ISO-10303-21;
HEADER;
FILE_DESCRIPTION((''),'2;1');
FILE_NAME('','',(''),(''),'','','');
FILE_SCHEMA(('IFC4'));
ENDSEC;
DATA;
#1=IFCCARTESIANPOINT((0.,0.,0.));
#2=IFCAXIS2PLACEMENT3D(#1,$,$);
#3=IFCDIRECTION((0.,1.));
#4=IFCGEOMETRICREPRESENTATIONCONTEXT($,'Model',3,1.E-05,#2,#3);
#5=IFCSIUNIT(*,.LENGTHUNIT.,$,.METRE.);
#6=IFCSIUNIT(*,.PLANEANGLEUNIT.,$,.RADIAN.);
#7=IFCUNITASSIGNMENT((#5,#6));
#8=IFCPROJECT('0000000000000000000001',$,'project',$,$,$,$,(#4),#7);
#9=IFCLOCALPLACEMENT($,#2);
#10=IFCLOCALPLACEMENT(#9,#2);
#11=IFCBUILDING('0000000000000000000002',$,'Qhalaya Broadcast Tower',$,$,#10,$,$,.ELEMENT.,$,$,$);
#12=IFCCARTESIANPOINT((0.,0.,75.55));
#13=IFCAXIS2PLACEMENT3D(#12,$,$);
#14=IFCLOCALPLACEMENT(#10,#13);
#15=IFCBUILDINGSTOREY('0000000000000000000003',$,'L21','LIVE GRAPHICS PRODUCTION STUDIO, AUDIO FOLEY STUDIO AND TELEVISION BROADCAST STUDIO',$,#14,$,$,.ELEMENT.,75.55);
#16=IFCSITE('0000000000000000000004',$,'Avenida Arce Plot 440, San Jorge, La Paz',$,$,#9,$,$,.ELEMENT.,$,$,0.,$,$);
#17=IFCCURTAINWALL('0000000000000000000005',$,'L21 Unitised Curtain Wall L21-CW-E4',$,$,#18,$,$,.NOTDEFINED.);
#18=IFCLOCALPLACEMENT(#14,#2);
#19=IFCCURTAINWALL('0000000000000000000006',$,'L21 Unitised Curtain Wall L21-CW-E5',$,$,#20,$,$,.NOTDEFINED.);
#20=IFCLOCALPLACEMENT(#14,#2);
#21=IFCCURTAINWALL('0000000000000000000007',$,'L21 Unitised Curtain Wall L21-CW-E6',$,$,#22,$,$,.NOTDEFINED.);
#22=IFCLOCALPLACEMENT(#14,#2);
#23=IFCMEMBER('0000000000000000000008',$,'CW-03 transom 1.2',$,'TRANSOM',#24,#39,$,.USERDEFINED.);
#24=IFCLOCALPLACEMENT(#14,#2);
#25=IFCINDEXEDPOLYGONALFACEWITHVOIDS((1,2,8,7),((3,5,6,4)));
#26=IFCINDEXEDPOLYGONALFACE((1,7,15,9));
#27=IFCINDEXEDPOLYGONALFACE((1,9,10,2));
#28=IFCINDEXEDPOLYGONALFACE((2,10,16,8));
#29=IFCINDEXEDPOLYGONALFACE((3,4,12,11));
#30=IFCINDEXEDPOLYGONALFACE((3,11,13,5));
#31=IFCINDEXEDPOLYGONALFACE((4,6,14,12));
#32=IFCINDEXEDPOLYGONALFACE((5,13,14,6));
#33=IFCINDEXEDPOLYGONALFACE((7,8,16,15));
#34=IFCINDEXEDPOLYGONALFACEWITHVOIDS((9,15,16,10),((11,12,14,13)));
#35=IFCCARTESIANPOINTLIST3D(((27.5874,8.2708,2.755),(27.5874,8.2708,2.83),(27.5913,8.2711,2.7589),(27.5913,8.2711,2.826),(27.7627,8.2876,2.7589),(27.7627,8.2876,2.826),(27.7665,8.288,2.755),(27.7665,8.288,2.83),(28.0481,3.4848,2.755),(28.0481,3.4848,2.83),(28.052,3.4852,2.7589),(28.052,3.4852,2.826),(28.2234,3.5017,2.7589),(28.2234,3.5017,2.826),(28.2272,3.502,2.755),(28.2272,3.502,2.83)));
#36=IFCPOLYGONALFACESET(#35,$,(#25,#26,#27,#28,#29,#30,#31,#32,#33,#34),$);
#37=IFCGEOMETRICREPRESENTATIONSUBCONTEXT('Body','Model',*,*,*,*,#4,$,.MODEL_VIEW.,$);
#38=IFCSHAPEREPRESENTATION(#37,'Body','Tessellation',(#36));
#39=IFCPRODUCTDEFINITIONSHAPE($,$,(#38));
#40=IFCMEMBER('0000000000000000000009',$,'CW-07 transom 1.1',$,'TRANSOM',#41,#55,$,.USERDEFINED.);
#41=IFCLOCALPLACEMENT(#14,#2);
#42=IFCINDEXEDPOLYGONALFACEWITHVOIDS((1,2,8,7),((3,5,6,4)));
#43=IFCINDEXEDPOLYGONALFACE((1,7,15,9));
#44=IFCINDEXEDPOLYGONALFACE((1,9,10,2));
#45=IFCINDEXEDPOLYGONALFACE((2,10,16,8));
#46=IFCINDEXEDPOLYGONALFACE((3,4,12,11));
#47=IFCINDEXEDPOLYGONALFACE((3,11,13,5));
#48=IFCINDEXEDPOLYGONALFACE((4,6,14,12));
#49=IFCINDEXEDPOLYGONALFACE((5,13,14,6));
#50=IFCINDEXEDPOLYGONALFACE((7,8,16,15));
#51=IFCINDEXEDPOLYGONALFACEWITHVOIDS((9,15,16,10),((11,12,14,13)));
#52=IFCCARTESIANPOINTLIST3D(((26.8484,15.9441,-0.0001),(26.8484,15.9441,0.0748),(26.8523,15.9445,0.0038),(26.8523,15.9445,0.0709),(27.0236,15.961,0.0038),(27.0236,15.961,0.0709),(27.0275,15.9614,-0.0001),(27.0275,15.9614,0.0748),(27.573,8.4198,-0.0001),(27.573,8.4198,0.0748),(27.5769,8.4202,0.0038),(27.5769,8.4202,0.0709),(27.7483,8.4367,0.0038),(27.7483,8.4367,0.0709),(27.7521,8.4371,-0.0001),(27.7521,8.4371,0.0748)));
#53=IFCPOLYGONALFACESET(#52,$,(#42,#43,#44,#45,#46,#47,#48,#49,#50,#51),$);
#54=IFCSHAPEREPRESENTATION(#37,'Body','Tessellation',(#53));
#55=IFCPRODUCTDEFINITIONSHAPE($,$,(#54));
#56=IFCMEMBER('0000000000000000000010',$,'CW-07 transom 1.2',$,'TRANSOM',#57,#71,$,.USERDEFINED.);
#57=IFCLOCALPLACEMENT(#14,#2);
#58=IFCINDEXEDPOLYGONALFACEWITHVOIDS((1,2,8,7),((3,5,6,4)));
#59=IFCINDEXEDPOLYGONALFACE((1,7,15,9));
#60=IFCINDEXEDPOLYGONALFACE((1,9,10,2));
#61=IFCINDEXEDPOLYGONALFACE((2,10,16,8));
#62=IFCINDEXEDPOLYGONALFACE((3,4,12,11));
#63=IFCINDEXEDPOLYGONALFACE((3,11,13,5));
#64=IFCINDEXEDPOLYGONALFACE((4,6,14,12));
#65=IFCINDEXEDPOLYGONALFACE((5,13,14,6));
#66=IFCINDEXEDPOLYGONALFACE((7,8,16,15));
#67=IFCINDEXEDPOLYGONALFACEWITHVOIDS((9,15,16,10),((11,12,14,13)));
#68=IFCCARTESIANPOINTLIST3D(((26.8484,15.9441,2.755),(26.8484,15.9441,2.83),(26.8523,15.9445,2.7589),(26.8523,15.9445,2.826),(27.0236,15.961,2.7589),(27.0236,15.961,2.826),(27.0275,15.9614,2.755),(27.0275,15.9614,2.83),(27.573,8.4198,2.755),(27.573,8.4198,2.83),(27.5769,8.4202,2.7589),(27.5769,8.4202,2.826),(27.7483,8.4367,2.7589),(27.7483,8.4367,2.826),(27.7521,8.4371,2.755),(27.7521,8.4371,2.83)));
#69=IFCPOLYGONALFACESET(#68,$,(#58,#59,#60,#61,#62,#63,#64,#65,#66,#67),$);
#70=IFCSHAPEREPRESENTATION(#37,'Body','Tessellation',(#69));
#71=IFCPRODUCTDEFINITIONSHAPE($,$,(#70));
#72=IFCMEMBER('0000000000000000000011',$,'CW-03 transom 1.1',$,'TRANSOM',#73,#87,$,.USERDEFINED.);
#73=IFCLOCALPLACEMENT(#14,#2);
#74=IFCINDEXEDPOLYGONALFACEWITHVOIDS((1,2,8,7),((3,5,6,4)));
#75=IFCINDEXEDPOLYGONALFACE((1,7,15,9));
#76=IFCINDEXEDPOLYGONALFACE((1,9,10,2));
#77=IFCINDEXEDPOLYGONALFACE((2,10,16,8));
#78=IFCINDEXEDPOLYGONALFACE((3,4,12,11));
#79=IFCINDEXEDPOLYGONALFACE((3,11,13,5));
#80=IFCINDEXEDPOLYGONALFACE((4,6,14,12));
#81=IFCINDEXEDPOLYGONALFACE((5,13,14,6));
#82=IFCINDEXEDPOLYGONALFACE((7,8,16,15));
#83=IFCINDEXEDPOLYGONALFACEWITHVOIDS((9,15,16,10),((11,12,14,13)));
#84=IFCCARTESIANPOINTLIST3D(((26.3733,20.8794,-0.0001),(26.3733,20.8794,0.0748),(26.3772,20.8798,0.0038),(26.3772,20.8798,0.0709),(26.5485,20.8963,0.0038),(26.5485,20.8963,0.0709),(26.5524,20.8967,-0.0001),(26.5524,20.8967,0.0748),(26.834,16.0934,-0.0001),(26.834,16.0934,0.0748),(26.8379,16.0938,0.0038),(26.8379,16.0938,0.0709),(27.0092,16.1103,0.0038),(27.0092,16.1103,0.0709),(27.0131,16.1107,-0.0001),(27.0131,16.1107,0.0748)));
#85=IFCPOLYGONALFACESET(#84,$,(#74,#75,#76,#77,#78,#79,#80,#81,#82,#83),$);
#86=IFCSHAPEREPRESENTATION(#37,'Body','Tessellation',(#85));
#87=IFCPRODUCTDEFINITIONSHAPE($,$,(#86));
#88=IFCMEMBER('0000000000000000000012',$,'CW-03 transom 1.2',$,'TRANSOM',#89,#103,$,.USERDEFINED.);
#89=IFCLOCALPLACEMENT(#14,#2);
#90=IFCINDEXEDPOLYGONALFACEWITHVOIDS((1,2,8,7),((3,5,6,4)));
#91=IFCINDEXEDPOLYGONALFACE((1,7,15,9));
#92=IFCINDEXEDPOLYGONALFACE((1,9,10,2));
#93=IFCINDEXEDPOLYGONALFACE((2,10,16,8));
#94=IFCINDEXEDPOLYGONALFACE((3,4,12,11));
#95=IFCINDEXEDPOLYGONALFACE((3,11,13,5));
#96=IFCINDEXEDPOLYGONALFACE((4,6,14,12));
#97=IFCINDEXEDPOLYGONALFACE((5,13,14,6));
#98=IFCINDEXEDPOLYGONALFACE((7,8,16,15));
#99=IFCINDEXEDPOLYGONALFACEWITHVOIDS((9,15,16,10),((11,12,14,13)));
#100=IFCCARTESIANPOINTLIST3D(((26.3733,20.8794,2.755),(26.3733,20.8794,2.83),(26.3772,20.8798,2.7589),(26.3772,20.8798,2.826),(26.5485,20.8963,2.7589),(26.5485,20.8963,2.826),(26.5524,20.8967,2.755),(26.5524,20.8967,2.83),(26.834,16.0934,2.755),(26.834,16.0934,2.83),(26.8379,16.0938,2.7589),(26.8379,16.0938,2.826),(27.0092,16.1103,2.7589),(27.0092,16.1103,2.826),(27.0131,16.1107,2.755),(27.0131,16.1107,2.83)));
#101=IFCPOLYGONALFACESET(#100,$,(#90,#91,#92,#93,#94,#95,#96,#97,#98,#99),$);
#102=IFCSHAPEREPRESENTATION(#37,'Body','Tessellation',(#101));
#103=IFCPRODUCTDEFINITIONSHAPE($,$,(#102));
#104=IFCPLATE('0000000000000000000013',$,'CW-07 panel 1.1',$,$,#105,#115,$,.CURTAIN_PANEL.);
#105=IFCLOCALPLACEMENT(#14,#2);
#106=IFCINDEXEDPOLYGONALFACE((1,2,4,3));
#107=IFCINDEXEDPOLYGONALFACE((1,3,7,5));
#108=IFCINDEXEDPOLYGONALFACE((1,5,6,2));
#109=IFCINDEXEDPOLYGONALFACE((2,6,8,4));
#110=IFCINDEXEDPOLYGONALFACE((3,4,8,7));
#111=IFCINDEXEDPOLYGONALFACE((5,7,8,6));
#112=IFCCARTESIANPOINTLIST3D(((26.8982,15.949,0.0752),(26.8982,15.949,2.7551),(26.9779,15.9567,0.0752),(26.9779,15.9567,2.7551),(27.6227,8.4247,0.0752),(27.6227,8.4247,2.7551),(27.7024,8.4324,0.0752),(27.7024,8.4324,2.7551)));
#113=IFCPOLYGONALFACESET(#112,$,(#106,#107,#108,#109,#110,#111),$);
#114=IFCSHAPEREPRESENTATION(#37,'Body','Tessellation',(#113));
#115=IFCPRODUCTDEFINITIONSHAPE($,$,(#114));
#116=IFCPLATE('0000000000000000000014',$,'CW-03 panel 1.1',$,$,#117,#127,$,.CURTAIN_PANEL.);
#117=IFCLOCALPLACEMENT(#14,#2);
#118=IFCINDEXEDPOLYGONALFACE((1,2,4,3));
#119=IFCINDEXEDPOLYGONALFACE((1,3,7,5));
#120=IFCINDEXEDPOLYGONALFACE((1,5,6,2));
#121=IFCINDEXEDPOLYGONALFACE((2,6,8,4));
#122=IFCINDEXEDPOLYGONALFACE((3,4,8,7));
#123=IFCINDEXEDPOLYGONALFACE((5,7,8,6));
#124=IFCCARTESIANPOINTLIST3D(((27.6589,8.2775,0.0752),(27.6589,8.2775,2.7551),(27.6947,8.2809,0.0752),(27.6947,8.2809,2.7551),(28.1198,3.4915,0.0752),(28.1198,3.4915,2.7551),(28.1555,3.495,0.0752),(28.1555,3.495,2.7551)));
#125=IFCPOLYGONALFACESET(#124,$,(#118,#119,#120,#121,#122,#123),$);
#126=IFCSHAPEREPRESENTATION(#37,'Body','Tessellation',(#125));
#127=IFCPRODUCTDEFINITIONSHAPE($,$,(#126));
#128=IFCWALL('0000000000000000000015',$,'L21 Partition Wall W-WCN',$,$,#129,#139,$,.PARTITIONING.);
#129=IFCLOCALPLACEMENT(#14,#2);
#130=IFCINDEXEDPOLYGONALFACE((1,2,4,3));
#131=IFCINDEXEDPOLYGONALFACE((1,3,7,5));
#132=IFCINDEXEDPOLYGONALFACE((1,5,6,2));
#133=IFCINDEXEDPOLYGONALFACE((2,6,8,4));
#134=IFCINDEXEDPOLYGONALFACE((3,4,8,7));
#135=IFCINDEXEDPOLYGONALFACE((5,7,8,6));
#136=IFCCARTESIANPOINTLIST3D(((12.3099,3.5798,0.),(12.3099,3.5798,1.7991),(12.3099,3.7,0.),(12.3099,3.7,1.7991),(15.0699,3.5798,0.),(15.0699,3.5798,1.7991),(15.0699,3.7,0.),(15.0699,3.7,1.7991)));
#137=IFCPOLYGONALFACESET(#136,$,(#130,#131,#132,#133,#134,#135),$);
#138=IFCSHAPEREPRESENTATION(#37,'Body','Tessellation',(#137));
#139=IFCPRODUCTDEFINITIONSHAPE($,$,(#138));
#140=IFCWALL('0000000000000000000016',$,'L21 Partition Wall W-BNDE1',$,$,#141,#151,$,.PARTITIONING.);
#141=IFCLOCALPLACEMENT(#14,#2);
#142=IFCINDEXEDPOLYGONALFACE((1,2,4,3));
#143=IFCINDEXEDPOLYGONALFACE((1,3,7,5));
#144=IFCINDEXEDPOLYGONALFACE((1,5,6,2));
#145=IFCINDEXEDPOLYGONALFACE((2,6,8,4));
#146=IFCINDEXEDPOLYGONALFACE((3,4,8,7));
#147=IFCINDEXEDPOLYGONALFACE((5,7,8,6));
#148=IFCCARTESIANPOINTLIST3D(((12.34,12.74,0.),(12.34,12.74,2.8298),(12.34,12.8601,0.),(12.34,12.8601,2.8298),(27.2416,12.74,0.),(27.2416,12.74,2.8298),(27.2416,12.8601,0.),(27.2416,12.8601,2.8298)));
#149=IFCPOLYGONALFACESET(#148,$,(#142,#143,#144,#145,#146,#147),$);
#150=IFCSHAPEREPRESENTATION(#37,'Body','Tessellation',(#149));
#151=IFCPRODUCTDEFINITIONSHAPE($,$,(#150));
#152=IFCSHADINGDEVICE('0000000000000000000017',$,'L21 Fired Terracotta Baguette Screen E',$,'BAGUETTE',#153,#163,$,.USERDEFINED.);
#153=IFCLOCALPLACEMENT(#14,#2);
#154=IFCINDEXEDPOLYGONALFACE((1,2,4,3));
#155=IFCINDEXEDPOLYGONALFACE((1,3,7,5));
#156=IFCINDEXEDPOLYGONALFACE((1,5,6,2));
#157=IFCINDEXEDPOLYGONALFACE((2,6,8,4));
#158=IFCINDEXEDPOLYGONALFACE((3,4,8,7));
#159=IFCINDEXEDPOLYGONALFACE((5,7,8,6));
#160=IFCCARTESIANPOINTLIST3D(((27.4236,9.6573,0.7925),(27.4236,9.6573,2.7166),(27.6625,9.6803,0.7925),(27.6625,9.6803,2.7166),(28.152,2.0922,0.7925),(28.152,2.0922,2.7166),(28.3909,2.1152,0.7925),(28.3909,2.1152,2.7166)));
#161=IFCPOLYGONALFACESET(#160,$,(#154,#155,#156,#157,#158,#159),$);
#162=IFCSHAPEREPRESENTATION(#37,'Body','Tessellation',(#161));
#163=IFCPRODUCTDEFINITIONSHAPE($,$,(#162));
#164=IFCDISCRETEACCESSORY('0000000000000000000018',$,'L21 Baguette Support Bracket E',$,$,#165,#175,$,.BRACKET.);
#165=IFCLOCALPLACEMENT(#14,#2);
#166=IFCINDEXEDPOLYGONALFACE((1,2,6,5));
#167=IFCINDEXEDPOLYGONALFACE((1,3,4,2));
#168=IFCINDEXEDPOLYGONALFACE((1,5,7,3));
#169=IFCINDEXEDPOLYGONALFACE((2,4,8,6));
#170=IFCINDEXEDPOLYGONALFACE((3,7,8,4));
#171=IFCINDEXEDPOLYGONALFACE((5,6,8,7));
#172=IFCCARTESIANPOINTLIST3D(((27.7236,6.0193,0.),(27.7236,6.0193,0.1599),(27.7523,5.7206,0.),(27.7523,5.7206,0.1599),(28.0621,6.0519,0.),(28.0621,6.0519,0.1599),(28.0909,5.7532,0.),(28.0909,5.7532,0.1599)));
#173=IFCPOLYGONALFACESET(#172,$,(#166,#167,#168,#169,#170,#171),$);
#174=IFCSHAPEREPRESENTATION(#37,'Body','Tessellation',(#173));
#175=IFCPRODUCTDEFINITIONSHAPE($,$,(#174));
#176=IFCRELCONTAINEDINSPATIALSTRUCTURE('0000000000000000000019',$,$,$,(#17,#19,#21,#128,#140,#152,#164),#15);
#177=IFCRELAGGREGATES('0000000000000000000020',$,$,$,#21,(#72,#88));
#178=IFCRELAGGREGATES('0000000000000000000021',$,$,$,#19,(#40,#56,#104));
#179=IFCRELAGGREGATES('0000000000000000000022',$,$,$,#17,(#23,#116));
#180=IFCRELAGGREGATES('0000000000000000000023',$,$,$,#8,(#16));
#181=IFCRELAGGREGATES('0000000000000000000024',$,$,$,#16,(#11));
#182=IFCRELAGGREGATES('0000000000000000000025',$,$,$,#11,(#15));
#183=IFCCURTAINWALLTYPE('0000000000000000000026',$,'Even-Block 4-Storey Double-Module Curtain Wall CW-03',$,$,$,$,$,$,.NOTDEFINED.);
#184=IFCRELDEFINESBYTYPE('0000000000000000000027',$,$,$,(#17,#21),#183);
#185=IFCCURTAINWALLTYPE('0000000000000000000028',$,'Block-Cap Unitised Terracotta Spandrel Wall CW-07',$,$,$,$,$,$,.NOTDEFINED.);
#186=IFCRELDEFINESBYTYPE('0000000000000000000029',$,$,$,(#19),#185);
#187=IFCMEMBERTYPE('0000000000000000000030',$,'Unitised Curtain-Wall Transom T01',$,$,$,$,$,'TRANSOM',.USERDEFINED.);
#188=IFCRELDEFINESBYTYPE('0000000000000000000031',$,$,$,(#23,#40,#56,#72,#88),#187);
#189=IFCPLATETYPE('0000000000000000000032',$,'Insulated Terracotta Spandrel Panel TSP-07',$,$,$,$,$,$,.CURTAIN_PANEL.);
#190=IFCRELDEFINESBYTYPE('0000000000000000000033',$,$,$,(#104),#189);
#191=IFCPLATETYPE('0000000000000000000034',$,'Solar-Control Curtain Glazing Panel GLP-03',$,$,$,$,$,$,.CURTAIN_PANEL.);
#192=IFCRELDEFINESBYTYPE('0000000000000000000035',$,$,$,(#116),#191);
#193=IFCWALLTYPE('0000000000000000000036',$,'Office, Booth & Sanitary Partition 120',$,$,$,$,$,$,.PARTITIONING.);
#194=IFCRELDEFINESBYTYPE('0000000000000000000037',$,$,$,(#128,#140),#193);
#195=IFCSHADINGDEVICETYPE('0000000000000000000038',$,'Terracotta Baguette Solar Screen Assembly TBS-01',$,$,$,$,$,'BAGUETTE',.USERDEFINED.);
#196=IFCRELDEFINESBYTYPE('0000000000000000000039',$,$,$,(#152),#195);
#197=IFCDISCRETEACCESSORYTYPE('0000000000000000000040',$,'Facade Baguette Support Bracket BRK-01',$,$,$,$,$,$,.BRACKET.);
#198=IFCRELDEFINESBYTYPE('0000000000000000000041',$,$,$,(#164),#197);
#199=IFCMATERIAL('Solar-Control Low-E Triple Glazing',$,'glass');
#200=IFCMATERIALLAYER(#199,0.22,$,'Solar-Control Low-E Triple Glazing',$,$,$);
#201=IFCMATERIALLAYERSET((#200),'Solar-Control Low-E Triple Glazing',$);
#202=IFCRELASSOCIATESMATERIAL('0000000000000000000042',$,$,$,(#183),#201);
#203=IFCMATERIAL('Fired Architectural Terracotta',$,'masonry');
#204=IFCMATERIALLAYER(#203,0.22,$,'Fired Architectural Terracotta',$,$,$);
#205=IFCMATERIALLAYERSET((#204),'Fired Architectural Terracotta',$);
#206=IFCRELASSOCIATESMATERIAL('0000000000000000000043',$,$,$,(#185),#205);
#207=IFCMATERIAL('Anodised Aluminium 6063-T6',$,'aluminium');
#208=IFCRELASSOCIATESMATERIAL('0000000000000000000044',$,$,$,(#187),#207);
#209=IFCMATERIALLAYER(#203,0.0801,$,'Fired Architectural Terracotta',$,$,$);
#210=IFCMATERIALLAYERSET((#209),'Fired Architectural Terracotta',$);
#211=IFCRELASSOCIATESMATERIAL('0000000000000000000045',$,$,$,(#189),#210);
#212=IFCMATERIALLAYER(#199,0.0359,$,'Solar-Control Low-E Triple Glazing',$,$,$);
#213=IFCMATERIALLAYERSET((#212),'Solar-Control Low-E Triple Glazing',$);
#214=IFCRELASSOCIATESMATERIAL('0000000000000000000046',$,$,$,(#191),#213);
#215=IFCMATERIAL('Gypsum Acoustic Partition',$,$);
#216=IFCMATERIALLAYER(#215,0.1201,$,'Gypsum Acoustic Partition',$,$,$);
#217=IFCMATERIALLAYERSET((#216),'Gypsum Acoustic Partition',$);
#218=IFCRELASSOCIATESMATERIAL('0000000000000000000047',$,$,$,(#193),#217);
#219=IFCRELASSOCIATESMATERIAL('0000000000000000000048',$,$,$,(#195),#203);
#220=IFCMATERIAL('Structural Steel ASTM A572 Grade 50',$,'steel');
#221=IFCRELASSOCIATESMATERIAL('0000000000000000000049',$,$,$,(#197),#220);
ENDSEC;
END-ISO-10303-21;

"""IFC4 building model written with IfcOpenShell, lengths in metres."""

from ifc_helpers import new_model, si_unit, direction, frame, frame_2d, origin, origin_2d, place, context, subcontext, project, spatial, rectangle, hollow_rectangle, extrude, material, layer, layer_set, material_profile, profile_set, type_object, element, aggregate, save


model = new_model("IFC4")

# Units and contexts
model_context = context("Model", 3, precision=1e-05, world=origin(), true_north=direction((0.0, 1.0)))
body_context = subcontext(model_context, "Body", "Model", "MODEL_VIEW")
ifc_project = project(units=[si_unit("LENGTHUNIT", "METRE"), si_unit("PLANEANGLEUNIT", "RADIAN")], contexts=[model_context])

# Site, building, storey
site_placement = place(None, origin())
site = spatial("IfcSite", under=ifc_project, at=site_placement, Name="Avenida Arce Plot 440, San Jorge, La Paz", CompositionType="ELEMENT", RefElevation=0.0)
building_placement = place(site_placement, origin())
building = spatial("IfcBuilding", under=site, at=building_placement, Name="Qhalaya Broadcast Tower", CompositionType="ELEMENT")
storey_placement = place(building_placement, frame((0.0, 0.0, 75.55)))
storey = spatial("IfcBuildingStorey", under=building, at=storey_placement, Name="L21", Description="LIVE GRAPHICS PRODUCTION STUDIO, AUDIO FOLEY STUDIO AND TELEVISION BROADCAST STUDIO", CompositionType="ELEMENT", Elevation=75.55)

# Shared definitions
ifc_material_1 = material(Name="Structural Steel ASTM A572 Grade 50", Category="steel")

# Curtain walls
ifc_material_2 = material(Name="Solar-Control Low-E Triple Glazing", Category="glass")
ifc_layer_1 = layer(ifc_material_2, 0.22, Name="Solar-Control Low-E Triple Glazing")
ifc_layer_set_1 = layer_set([ifc_layer_1], Name="Solar-Control Low-E Triple Glazing")
curtain_wall_type_1 = type_object("IfcCurtainWallType", Name="Even-Block 4-Storey Double-Module Curtain Wall CW-03", PredefinedType="NOTDEFINED", material=ifc_layer_set_1)
curtain_wall_1_placement = place(storey_placement, origin())
curtain_wall_1 = element("IfcCurtainWall", 1, at=curtain_wall_1_placement, inside=storey, type_object=curtain_wall_type_1, Name="L21 Unitised Curtain Wall L21-CW-E4", PredefinedType="NOTDEFINED")
ifc_material_3 = material(Name="Anodised Aluminium 6063-T6", Category="aluminium")
ifc_material_4 = material(Name="Fired Architectural Terracotta", Category="masonry")
ifc_layer_2 = layer(ifc_material_4, 0.22, Name="Fired Architectural Terracotta")
ifc_layer_set_2 = layer_set([ifc_layer_2], Name="Fired Architectural Terracotta")
curtain_wall_type_2 = type_object("IfcCurtainWallType", Name="Block-Cap Unitised Terracotta Spandrel Wall CW-07", PredefinedType="NOTDEFINED", material=ifc_layer_set_2)
curtain_wall_2_placement = place(storey_placement, origin())
curtain_wall_2 = element("IfcCurtainWall", 2, at=curtain_wall_2_placement, inside=storey, type_object=curtain_wall_type_2, Name="L21 Unitised Curtain Wall L21-CW-E5", PredefinedType="NOTDEFINED")

# Curtain wall
curtain_wall_3_placement = place(storey_placement, origin())
curtain_wall_3 = element("IfcCurtainWall", 3, at=curtain_wall_3_placement, inside=storey, type_object=curtain_wall_type_1, Name="L21 Unitised Curtain Wall L21-CW-E6", PredefinedType="NOTDEFINED")

# Members
ifc_material_profile_1 = material_profile(ifc_material_3, hollow_rectangle(XDim=0.075, YDim=0.1799, WallThickness=0.0039, at=origin_2d()), Name="ALU-TRN 75x180x4")
ifc_profile_set_1 = profile_set([ifc_material_profile_1], Name="Anodised Aluminium 6063-T6")
member_type_1 = type_object("IfcMemberType", Name="Unitised Curtain-Wall Transom T01", ElementType="TRANSOM", PredefinedType="USERDEFINED", material=ifc_profile_set_1)
member_1_placement = place(storey_placement, frame((28.1377, 3.4934, 2.7925), z_axis=(-0.095818, 0.995399, 0.0), x_axis=(0.0, 0.0, 1.0)))
member_1 = element("IfcMember", 4, at=member_1_placement, type_object=member_type_1, Name="CW-03 transom 1.2", ObjectType="TRANSOM", PredefinedType="USERDEFINED", context=body_context, shape_type="SweptSolid", body=[
    extrude(hollow_rectangle(XDim=0.075, YDim=0.1799, WallThickness=0.0039, at=origin_2d()), origin(), (0.0, 0.0, 1.0), 4.8081),
])
member_2_placement = place(storey_placement, frame((27.6626, 8.4285, 0.0374), z_axis=(-0.095861, 0.995395, 0.0), x_axis=(0.0, 0.0, 1.0)))
member_2 = element("IfcMember", 5, at=member_2_placement, type_object=member_type_1, Name="CW-07 transom 1.1", ObjectType="TRANSOM", PredefinedType="USERDEFINED", context=body_context, shape_type="SweptSolid", body=[
    extrude(hollow_rectangle(XDim=0.075, YDim=0.1799, WallThickness=0.0039, at=origin_2d()), origin(), (0.0, 0.0, 1.0), 7.5591),
])
member_3_placement = place(storey_placement, frame((27.6626, 8.4285, 2.7925), z_axis=(-0.095861, 0.995395, 0.0), x_axis=(0.0, 0.0, 1.0)))
member_3 = element("IfcMember", 6, at=member_3_placement, type_object=member_type_1, Name="CW-07 transom 1.2", ObjectType="TRANSOM", PredefinedType="USERDEFINED", context=body_context, shape_type="SweptSolid", body=[
    extrude(hollow_rectangle(XDim=0.075, YDim=0.1799, WallThickness=0.0039, at=origin_2d()), origin(), (0.0, 0.0, 1.0), 7.5591),
])
member_4_placement = place(storey_placement, frame((26.9236, 16.1021, 0.0374), z_axis=(-0.095818, 0.995399, 0.0), x_axis=(0.0, 0.0, 1.0)))
member_4 = element("IfcMember", 7, at=member_4_placement, type_object=member_type_1, Name="CW-03 transom 1.1", ObjectType="TRANSOM", PredefinedType="USERDEFINED", context=body_context, shape_type="SweptSolid", body=[
    extrude(hollow_rectangle(XDim=0.075, YDim=0.1799, WallThickness=0.0039, at=origin_2d()), origin(), (0.0, 0.0, 1.0), 4.8081),
])
member_5_placement = place(storey_placement, frame((26.9236, 16.1021, 2.7925), z_axis=(-0.095818, 0.995399, 0.0), x_axis=(0.0, 0.0, 1.0)))
member_5 = element("IfcMember", 8, at=member_5_placement, type_object=member_type_1, Name="CW-03 transom 1.2", ObjectType="TRANSOM", PredefinedType="USERDEFINED", context=body_context, shape_type="SweptSolid", body=[
    extrude(hollow_rectangle(XDim=0.075, YDim=0.1799, WallThickness=0.0039, at=origin_2d()), origin(), (0.0, 0.0, 1.0), 4.8081),
])
aggregate(curtain_wall_3, [member_4, member_5])

# Plates
ifc_layer_3 = layer(ifc_material_4, 0.0801, Name="Fired Architectural Terracotta")
ifc_layer_set_3 = layer_set([ifc_layer_3], Name="Fired Architectural Terracotta")
plate_type_1 = type_object("IfcPlateType", Name="Insulated Terracotta Spandrel Panel TSP-07", PredefinedType="CURTAIN_PANEL", material=ifc_layer_set_3)
plate_1_placement = place(storey_placement, frame((27.3003, 12.1907, 0.0752), z_axis=(0.0, 0.0, 1.0), x_axis=(-0.095849, 0.995396, 0.0)))
plate_1 = element("IfcPlate", 9, at=plate_1_placement, type_object=plate_type_1, Name="CW-07 panel 1.1", PredefinedType="CURTAIN_PANEL", context=body_context, shape_type="SweptSolid", body=[
    extrude(rectangle(XDim=7.5591, YDim=0.0801, at=origin_2d()), origin(), (0.0, 0.0, 1.0), 2.6799),
])
aggregate(curtain_wall_2, [member_2, member_3, plate_1])
ifc_layer_4 = layer(ifc_material_2, 0.0359, Name="Solar-Control Low-E Triple Glazing")
ifc_layer_set_4 = layer_set([ifc_layer_4], Name="Solar-Control Low-E Triple Glazing")
plate_type_2 = type_object("IfcPlateType", Name="Solar-Control Curtain Glazing Panel GLP-03", PredefinedType="CURTAIN_PANEL", material=ifc_layer_set_4)
plate_2_placement = place(storey_placement, frame((27.9072, 5.8862, 0.0752), z_axis=(0.0, 0.0, 1.0), x_axis=(-0.095845, 0.995396, 0.0)))
plate_2 = element("IfcPlate", 10, at=plate_2_placement, type_object=plate_type_2, Name="CW-03 panel 1.1", PredefinedType="CURTAIN_PANEL", context=body_context, shape_type="SweptSolid", body=[
    extrude(rectangle(XDim=4.8081, YDim=0.0359, at=origin_2d()), origin(), (0.0, 0.0, 1.0), 2.6799),
])
aggregate(curtain_wall_1, [member_1, plate_2])

# Walls
ifc_material_5 = material(Name="Gypsum Acoustic Partition")
ifc_layer_5 = layer(ifc_material_5, 0.1201, Name="Gypsum Acoustic Partition")
ifc_layer_set_5 = layer_set([ifc_layer_5], Name="Gypsum Acoustic Partition")
wall_type = type_object("IfcWallType", Name="Office, Booth & Sanitary Partition 120", PredefinedType="PARTITIONING", material=ifc_layer_set_5)
wall_1_placement = place(storey_placement, frame((12.3101, 3.6399, 0.0), z_axis=(0.0, 0.0, 1.0), x_axis=(1.0, 0.0, 0.0)))
element("IfcWall", 11, at=wall_1_placement, inside=storey, type_object=wall_type, Name="L21 Partition Wall W-WCN", PredefinedType="PARTITIONING", context=body_context, shape_type="SweptSolid", body=[
    extrude(rectangle(XDim=2.76, YDim=0.1201, at=frame_2d((1.3799, 0.0))), origin(), (0.0, 0.0, 1.0), 1.7991),
])
wall_2_placement = place(storey_placement, frame((12.3401, 12.8, 0.0), z_axis=(0.0, 0.0, 1.0), x_axis=(1.0, 0.0, 0.0)))
element("IfcWall", 12, at=wall_2_placement, inside=storey, type_object=wall_type, Name="L21 Partition Wall W-BNDE1", PredefinedType="PARTITIONING", context=body_context, shape_type="SweptSolid", body=[
    extrude(rectangle(XDim=14.9016, YDim=0.1201, at=frame_2d((7.4507, 0.0))), origin(), (0.0, 0.0, 1.0), 2.8298),
])

# Shading device
shading_device_type = type_object("IfcShadingDeviceType", Name="Terracotta Baguette Solar Screen Assembly TBS-01", ElementType="BAGUETTE", PredefinedType="USERDEFINED", material=ifc_material_4)
shading_device_placement = place(storey_placement, frame((27.9072, 5.8862, 0.7925), z_axis=(0.0, 0.0, 1.0), x_axis=(-0.095846, 0.995396, 0.0)))
element("IfcShadingDevice", 13, at=shading_device_placement, inside=storey, type_object=shading_device_type, Name="L21 Fired Terracotta Baguette Screen E", ObjectType="BAGUETTE", PredefinedType="USERDEFINED", context=body_context, shape_type="SweptSolid", body=[
    extrude(rectangle(XDim=7.6001, YDim=0.24, at=origin_2d()), origin(), (0.0, 0.0, 1.0), 1.9241),
])

# Discrete accessory
discrete_accessory_type = type_object("IfcDiscreteAccessoryType", Name="Facade Baguette Support Bracket BRK-01", PredefinedType="BRACKET", material=ifc_material_1)
discrete_accessory_placement = place(storey_placement, frame((27.9072, 5.8862, 0.0), z_axis=(0.0, 0.0, 1.0), x_axis=(-0.095846, 0.995396, 0.0)))
element("IfcDiscreteAccessory", 14, at=discrete_accessory_placement, inside=storey, type_object=discrete_accessory_type, Name="L21 Baguette Support Bracket E", PredefinedType="BRACKET", context=body_context, shape_type="SweptSolid", body=[
    extrude(rectangle(XDim=0.3, YDim=0.3401, at=origin_2d()), origin(), (0.0, 0.0, 1.0), 0.1599),
])

save(model, "model.ifc")
